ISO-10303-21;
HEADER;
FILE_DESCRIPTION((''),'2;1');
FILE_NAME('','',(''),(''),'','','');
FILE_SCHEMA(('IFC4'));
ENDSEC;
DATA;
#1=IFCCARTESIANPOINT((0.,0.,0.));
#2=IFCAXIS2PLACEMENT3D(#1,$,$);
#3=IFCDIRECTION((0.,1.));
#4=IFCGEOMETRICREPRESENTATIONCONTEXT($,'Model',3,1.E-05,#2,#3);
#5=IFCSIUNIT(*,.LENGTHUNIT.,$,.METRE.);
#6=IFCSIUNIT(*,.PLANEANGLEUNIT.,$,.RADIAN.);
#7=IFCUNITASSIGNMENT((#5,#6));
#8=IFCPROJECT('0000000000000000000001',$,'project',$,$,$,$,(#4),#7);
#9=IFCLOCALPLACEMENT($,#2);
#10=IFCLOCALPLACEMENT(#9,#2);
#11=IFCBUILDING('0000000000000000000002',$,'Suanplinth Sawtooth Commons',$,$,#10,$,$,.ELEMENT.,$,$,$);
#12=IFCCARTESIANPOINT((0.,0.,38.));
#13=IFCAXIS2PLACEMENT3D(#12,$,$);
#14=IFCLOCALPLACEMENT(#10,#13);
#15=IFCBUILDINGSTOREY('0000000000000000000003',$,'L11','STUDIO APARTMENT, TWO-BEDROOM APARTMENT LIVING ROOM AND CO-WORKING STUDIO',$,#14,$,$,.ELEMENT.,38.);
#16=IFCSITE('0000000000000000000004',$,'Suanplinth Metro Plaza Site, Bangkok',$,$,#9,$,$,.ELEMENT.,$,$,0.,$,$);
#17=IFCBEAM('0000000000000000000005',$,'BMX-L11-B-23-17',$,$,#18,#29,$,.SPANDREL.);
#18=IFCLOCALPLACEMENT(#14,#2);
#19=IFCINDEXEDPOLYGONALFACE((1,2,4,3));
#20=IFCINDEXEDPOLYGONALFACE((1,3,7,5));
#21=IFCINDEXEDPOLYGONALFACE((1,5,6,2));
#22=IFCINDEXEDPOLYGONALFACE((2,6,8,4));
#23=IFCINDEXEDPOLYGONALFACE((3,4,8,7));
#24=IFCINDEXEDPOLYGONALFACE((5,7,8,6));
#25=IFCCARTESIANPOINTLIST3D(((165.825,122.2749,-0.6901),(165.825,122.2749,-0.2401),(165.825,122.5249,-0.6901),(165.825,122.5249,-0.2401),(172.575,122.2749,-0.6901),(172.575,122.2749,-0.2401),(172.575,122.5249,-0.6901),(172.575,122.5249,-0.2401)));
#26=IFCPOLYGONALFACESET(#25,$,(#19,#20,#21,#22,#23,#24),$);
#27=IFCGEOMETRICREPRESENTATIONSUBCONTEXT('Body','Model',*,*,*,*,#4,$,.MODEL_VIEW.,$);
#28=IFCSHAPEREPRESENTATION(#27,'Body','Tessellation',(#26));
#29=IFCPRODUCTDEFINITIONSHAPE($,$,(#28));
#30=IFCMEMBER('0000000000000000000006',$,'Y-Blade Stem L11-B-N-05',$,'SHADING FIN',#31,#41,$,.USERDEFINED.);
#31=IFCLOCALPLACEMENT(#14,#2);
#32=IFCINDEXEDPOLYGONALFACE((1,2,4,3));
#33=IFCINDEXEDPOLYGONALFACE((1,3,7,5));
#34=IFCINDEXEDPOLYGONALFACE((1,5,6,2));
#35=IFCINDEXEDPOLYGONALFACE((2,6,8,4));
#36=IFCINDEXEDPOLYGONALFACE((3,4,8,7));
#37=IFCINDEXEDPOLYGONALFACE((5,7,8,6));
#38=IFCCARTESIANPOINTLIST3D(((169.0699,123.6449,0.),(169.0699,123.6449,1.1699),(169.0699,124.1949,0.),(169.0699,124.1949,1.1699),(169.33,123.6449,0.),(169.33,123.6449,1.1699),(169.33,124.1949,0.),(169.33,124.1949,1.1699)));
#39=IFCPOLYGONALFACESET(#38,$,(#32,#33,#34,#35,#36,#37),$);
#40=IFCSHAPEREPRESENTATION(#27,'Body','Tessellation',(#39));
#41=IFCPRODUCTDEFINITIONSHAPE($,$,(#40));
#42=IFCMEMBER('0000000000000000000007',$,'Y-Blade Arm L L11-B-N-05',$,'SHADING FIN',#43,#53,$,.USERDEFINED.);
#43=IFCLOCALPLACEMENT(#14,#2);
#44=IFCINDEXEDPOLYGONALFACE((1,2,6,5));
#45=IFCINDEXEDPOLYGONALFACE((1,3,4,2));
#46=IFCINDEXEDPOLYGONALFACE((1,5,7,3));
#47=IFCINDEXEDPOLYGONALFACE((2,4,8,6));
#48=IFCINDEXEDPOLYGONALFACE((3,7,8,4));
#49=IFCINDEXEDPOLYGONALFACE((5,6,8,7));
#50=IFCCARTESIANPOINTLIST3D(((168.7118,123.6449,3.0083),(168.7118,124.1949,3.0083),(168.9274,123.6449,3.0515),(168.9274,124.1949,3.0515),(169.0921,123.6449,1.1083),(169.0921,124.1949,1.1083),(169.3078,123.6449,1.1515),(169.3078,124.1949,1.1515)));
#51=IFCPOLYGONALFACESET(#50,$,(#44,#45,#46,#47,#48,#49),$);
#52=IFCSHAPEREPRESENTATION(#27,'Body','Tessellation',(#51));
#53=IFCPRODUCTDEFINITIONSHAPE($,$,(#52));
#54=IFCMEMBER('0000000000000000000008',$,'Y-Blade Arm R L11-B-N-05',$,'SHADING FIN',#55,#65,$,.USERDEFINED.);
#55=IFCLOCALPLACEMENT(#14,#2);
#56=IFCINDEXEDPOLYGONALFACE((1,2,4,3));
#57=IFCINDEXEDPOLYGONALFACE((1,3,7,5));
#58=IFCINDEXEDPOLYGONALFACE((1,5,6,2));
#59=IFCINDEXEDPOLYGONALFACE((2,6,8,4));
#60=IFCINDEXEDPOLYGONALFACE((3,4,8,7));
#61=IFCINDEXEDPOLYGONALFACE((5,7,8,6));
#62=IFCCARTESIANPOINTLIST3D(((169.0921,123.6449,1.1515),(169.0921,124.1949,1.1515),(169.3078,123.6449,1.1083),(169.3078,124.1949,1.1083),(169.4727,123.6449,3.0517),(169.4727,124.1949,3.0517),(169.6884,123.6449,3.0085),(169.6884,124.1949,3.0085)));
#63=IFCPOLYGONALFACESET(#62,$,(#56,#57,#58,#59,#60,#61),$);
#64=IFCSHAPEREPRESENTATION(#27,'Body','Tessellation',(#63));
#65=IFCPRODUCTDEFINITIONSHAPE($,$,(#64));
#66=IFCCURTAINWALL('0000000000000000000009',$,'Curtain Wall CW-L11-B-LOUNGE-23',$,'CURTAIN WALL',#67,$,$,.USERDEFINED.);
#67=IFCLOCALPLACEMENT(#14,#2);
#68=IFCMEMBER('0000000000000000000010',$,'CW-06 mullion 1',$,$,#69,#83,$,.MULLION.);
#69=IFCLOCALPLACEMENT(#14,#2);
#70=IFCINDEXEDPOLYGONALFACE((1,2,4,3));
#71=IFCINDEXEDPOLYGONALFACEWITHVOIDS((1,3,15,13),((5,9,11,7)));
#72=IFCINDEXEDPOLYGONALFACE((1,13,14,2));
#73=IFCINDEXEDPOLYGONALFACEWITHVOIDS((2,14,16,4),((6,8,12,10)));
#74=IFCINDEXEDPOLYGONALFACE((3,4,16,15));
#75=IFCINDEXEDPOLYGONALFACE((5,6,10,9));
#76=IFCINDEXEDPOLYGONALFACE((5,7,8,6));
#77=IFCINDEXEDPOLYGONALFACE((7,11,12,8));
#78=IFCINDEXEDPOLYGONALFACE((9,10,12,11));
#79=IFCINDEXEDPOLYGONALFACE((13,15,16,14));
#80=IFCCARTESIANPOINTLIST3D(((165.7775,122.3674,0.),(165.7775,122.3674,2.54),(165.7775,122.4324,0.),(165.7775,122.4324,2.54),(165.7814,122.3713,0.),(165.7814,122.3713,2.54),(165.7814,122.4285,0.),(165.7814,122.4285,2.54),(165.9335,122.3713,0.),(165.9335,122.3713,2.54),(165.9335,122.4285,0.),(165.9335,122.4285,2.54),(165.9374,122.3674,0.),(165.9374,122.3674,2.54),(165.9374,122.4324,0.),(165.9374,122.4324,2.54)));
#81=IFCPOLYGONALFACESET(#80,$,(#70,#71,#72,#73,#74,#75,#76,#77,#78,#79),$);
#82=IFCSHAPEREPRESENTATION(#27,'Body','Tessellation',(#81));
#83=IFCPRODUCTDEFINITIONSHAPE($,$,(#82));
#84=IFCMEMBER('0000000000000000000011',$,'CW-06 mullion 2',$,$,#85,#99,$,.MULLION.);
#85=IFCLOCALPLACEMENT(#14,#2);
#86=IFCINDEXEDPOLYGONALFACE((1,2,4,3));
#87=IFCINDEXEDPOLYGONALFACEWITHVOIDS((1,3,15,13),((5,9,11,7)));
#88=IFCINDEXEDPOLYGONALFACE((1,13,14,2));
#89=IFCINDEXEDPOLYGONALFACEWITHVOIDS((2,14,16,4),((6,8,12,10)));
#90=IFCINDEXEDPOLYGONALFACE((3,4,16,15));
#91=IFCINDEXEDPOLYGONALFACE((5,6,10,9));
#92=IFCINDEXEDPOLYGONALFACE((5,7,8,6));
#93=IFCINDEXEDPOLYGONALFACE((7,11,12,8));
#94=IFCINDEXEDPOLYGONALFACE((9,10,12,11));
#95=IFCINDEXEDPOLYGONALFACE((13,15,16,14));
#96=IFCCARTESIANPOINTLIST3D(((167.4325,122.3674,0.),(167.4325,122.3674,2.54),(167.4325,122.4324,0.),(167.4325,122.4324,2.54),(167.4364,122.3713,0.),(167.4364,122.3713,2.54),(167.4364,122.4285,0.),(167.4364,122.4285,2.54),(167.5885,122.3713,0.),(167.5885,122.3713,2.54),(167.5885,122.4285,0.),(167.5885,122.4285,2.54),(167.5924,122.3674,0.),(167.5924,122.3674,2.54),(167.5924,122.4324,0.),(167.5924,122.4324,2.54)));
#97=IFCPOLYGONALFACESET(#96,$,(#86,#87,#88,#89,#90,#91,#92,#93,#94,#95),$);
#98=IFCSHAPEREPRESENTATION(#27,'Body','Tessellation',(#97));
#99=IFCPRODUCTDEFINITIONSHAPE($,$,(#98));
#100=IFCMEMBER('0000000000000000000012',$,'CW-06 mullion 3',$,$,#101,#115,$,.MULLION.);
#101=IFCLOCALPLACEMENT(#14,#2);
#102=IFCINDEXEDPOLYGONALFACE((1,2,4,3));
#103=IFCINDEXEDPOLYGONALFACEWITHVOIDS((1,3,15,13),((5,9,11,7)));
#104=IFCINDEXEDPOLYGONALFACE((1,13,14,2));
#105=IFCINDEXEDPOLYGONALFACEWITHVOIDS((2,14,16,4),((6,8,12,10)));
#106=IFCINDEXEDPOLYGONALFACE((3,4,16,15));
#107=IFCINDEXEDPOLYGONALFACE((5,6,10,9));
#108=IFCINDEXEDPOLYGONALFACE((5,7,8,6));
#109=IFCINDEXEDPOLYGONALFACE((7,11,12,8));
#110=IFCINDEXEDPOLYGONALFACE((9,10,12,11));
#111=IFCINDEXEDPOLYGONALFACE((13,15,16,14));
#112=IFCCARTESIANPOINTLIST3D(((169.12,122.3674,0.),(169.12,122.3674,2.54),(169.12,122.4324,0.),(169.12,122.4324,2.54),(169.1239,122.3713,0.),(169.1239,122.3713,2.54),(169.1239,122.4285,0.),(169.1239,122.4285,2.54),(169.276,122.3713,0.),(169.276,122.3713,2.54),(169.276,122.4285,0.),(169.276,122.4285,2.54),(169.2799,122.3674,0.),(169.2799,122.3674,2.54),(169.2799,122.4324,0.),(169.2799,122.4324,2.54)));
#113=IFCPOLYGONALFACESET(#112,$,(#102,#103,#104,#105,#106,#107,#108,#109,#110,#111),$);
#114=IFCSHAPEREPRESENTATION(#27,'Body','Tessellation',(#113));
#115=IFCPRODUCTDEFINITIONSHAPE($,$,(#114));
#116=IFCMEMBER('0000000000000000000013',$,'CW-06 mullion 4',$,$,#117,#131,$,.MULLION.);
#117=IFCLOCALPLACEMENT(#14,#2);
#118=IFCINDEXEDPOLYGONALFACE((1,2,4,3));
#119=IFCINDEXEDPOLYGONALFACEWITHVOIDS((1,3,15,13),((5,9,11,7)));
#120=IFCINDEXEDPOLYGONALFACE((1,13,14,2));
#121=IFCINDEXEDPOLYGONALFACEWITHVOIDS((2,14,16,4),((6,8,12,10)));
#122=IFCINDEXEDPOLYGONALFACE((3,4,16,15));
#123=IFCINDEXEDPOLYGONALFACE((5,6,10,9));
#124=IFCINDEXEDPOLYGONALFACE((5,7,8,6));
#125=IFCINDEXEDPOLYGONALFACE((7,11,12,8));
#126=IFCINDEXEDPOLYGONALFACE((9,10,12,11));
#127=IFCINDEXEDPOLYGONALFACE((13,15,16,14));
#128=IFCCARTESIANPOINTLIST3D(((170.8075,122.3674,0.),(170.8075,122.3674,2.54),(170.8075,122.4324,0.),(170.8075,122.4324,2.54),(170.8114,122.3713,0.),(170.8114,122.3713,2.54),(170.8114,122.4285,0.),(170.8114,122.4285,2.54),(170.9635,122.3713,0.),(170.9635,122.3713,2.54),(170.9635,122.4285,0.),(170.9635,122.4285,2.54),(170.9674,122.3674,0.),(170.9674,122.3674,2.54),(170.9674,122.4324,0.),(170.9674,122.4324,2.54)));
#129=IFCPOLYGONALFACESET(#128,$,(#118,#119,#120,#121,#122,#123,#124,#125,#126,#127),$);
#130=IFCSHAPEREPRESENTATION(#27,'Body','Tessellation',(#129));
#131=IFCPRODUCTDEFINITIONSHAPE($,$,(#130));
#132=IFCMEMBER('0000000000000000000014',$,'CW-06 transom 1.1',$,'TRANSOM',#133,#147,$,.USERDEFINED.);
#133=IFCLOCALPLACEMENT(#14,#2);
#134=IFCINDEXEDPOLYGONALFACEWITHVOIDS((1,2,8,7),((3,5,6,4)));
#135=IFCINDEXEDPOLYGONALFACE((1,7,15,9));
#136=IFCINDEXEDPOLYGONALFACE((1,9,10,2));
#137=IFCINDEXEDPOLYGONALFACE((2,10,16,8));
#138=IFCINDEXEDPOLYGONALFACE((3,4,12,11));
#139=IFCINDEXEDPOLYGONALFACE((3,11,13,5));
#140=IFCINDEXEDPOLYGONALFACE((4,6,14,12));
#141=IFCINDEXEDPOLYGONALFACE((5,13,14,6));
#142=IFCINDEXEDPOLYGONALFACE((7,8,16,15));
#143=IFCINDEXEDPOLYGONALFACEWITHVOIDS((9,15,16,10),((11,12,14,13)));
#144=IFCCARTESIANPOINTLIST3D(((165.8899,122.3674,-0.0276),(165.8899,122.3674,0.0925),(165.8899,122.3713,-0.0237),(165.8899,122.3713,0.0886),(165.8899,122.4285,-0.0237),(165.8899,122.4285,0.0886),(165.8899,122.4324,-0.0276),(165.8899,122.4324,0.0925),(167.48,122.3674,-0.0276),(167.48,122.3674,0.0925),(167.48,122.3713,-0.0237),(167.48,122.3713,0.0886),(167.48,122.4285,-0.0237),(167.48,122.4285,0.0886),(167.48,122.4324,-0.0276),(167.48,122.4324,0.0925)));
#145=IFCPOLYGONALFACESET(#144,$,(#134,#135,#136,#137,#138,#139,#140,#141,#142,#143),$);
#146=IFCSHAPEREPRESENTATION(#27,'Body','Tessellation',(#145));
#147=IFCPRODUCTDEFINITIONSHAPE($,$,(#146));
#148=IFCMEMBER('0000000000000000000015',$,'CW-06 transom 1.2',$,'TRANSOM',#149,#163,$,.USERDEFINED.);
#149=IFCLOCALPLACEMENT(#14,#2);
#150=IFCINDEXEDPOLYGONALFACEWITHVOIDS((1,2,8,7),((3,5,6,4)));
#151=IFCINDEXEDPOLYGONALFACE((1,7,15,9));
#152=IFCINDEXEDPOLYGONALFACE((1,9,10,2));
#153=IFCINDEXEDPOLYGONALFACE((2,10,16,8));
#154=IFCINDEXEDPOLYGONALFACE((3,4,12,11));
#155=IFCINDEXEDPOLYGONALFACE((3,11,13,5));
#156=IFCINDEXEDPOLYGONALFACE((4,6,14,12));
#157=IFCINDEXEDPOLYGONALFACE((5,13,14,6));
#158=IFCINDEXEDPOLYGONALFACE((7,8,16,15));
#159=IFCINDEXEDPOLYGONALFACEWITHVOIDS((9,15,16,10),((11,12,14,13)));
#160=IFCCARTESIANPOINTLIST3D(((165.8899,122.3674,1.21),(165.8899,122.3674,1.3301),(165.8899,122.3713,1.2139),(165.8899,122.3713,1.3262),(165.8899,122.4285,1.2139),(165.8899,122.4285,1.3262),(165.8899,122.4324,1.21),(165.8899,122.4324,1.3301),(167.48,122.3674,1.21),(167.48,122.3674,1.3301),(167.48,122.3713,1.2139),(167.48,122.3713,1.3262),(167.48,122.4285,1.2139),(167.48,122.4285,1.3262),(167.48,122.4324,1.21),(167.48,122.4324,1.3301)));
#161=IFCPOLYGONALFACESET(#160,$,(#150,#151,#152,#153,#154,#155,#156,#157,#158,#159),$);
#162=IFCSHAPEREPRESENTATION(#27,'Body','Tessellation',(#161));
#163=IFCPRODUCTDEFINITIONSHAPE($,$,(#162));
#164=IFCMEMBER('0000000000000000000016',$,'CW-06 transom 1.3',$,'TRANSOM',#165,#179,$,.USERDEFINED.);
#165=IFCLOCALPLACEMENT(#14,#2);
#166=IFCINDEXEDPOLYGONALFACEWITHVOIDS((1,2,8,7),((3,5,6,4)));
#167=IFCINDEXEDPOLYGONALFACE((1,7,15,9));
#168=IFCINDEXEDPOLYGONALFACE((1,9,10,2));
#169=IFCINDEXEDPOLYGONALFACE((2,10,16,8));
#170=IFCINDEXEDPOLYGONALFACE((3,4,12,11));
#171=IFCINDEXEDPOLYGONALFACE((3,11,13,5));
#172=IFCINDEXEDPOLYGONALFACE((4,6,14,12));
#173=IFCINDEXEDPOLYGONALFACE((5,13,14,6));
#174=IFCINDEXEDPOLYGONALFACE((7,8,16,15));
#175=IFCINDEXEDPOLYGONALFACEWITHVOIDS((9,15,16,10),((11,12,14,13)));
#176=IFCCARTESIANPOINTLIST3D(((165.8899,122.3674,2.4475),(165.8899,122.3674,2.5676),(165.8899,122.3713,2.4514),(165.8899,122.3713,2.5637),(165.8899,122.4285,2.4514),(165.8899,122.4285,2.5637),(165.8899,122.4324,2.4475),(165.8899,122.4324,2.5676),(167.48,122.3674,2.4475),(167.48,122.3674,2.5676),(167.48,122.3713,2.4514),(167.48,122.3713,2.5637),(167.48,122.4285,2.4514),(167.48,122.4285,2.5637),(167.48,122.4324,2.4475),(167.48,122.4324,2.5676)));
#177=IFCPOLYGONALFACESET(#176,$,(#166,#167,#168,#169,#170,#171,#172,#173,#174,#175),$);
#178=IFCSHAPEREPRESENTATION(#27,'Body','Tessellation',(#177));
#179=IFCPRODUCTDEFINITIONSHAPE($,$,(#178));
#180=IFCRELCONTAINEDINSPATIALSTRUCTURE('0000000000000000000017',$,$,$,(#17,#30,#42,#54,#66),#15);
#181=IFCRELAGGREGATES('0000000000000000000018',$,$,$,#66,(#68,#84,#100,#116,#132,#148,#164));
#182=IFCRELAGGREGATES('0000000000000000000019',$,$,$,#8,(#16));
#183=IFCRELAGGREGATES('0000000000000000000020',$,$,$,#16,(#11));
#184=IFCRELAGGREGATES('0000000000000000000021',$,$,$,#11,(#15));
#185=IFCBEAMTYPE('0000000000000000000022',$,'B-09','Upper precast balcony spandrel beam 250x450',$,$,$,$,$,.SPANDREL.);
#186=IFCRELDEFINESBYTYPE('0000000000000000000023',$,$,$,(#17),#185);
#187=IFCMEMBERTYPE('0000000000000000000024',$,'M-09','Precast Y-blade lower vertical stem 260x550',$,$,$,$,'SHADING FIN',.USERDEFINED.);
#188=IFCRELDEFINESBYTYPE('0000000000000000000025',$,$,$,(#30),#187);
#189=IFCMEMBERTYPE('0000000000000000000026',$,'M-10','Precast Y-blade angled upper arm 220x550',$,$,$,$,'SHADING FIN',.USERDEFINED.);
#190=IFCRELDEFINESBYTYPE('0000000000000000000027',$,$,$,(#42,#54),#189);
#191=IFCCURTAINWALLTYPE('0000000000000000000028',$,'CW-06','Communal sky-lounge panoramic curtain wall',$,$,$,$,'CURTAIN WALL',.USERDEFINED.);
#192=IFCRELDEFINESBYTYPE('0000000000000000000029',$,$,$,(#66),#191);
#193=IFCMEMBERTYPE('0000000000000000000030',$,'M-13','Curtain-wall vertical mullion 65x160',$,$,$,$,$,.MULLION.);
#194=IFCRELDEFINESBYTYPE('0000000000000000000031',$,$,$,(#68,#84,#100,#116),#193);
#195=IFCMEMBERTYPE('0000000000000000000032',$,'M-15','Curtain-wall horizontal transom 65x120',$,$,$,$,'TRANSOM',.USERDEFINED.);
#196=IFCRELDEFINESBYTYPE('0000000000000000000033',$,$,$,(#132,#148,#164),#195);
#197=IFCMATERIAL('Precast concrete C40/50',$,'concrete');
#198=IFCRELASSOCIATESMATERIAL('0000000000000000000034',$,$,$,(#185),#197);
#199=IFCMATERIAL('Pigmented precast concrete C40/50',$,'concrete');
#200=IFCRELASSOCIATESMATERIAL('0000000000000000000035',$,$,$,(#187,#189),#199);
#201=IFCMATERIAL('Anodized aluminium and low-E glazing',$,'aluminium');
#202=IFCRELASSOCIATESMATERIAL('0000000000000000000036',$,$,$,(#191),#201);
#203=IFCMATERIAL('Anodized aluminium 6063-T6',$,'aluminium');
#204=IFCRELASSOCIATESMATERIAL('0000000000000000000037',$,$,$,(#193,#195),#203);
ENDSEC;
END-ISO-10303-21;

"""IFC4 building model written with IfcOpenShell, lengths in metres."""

from ifc_helpers import new_model, si_unit, direction, frame, origin, origin_2d, place, context, subcontext, project, spatial, rectangle, hollow_rectangle, extrude, material, material_profile, profile_set, type_object, element, aggregate, save


model = new_model("IFC4")

# Units and contexts
model_context = context("Model", 3, precision=1e-05, world=origin(), true_north=direction((0.0, 1.0)))
body_context = subcontext(model_context, "Body", "Model", "MODEL_VIEW")
ifc_project = project(units=[si_unit("LENGTHUNIT", "METRE"), si_unit("PLANEANGLEUNIT", "RADIAN")], contexts=[model_context])

# Site, building, storey
site_placement = place(None, origin())
site = spatial("IfcSite", under=ifc_project, at=site_placement, Name="Suanplinth Metro Plaza Site, Bangkok", CompositionType="ELEMENT", RefElevation=0.0)
building_placement = place(site_placement, origin())
building = spatial("IfcBuilding", under=site, at=building_placement, Name="Suanplinth Sawtooth Commons", CompositionType="ELEMENT")
storey_placement = place(building_placement, frame((0.0, 0.0, 38.0)))
storey = spatial("IfcBuildingStorey", under=building, at=storey_placement, Name="L11", Description="STUDIO APARTMENT, TWO-BEDROOM APARTMENT LIVING ROOM AND CO-WORKING STUDIO", CompositionType="ELEMENT", Elevation=38.0)

# Beam
ifc_material_1 = material(Name="Precast concrete C40/50", Category="concrete")
ifc_material_profile_1 = material_profile(ifc_material_1, rectangle(XDim=0.25, YDim=0.45, at=origin_2d()), Name="PC-SP 250x450")
ifc_profile_set_1 = profile_set([ifc_material_profile_1], Name="Precast concrete C40/50")
beam_type = type_object("IfcBeamType", Name="B-09", Description="Upper precast balcony spandrel beam 250x450", PredefinedType="SPANDREL", material=ifc_profile_set_1)
beam_placement = place(storey_placement, frame((165.825, 122.3999, -0.4651), z_axis=(1.0, 0.0, 0.0), x_axis=(0.0, 1.0, 0.0)))
element("IfcBeam", 1, at=beam_placement, inside=storey, type_object=beam_type, Name="BMX-L11-B-23-17", PredefinedType="SPANDREL", context=body_context, shape_type="SweptSolid", body=[
    extrude(rectangle(XDim=0.25, YDim=0.45, at=origin_2d()), origin(), (0.0, 0.0, 1.0), 6.75),
])

# Members
ifc_material_2 = material(Name="Pigmented precast concrete C40/50", Category="concrete")
ifc_material_profile_2 = material_profile(ifc_material_2, rectangle(XDim=0.26, YDim=0.55, at=origin_2d()), Name="PC-FIN 260x550")
ifc_profile_set_2 = profile_set([ifc_material_profile_2], Name="Pigmented precast concrete C40/50")
member_type_1 = type_object("IfcMemberType", Name="M-09", Description="Precast Y-blade lower vertical stem 260x550", ElementType="SHADING FIN", PredefinedType="USERDEFINED", material=ifc_profile_set_2)
member_1_placement = place(storey_placement, frame((169.2, 123.9199, 0.0), z_axis=(0.0, 0.0, 1.0), x_axis=(1.0, 0.0, 0.0)))
element("IfcMember", 2, at=member_1_placement, inside=storey, type_object=member_type_1, Name="Y-Blade Stem L11-B-N-05", ObjectType="SHADING FIN", PredefinedType="USERDEFINED", context=body_context, shape_type="SweptSolid", body=[
    extrude(rectangle(XDim=0.26, YDim=0.55, at=origin_2d()), origin(), (0.0, 0.0, 1.0), 1.1699),
])
ifc_material_profile_3 = material_profile(ifc_material_2, rectangle(XDim=0.22, YDim=0.55, at=origin_2d()), Name="PC-FIN 220x550")
ifc_profile_set_3 = profile_set([ifc_material_profile_3], Name="Pigmented precast concrete C40/50")
member_type_2 = type_object("IfcMemberType", Name="M-10", Description="Precast Y-blade angled upper arm 220x550", ElementType="SHADING FIN", PredefinedType="USERDEFINED", material=ifc_profile_set_3)
member_2_placement = place(storey_placement, frame((169.2, 123.9199, 1.1299), z_axis=(-0.196286, 0.0, 0.980547), x_axis=(0.980547, 0.0, 0.196286)))
element("IfcMember", 3, at=member_2_placement, inside=storey, type_object=member_type_2, Name="Y-Blade Arm L L11-B-N-05", ObjectType="SHADING FIN", PredefinedType="USERDEFINED", context=body_context, shape_type="SweptSolid", body=[
    extrude(rectangle(XDim=0.22, YDim=0.55, at=origin_2d()), origin(), (0.0, 0.0, 1.0), 1.9377),
])
member_3_placement = place(storey_placement, frame((169.2, 123.9199, 1.1299), z_axis=(0.196407, 0.0, 0.980522), x_axis=(-0.980522, 0.0, 0.196407)))
element("IfcMember", 4, at=member_3_placement, inside=storey, type_object=member_type_2, Name="Y-Blade Arm R L11-B-N-05", ObjectType="SHADING FIN", PredefinedType="USERDEFINED", context=body_context, shape_type="SweptSolid", body=[
    extrude(rectangle(XDim=0.22, YDim=0.55, at=origin_2d()), origin(), (0.0, 0.0, 1.0), 1.938),
])

# Curtain wall, members
ifc_material_3 = material(Name="Anodized aluminium and low-E glazing", Category="aluminium")
curtain_wall_type = type_object("IfcCurtainWallType", Name="CW-06", Description="Communal sky-lounge panoramic curtain wall", ElementType="CURTAIN WALL", PredefinedType="USERDEFINED", material=ifc_material_3)
curtain_wall_placement = place(storey_placement, origin())
curtain_wall = element("IfcCurtainWall", 5, at=curtain_wall_placement, inside=storey, type_object=curtain_wall_type, Name="Curtain Wall CW-L11-B-LOUNGE-23", ObjectType="CURTAIN WALL", PredefinedType="USERDEFINED")
ifc_material_4 = material(Name="Anodized aluminium 6063-T6", Category="aluminium")
ifc_material_profile_4 = material_profile(ifc_material_4, hollow_rectangle(XDim=0.0649, YDim=0.1599, WallThickness=0.0039, at=origin_2d()), Name="ALU-MUL 65x160")
ifc_profile_set_4 = profile_set([ifc_material_profile_4], Name="Anodized aluminium 6063-T6")
member_type_3 = type_object("IfcMemberType", Name="M-13", Description="Curtain-wall vertical mullion 65x160", PredefinedType="MULLION", material=ifc_profile_set_4)
member_4_placement = place(storey_placement, frame((165.8574, 122.3999, 0.0), z_axis=(0.0, 0.0, 1.0), x_axis=(0.0, 1.0, 0.0)))
member_4 = element("IfcMember", 6, at=member_4_placement, type_object=member_type_3, Name="CW-06 mullion 1", PredefinedType="MULLION", context=body_context, shape_type="SweptSolid", body=[
    extrude(hollow_rectangle(XDim=0.0649, YDim=0.1599, WallThickness=0.0039, at=origin_2d()), origin(), (0.0, 0.0, 1.0), 2.54),
])
member_5_placement = place(storey_placement, frame((167.5125, 122.3999, 0.0), z_axis=(0.0, 0.0, 1.0), x_axis=(0.0, 1.0, 0.0)))
member_5 = element("IfcMember", 7, at=member_5_placement, type_object=member_type_3, Name="CW-06 mullion 2", PredefinedType="MULLION", context=body_context, shape_type="SweptSolid", body=[
    extrude(hollow_rectangle(XDim=0.0649, YDim=0.1599, WallThickness=0.0039, at=origin_2d()), origin(), (0.0, 0.0, 1.0), 2.54),
])
member_6_placement = place(storey_placement, frame((169.2, 122.3999, 0.0), z_axis=(0.0, 0.0, 1.0), x_axis=(0.0, 1.0, 0.0)))
member_6 = element("IfcMember", 8, at=member_6_placement, type_object=member_type_3, Name="CW-06 mullion 3", PredefinedType="MULLION", context=body_context, shape_type="SweptSolid", body=[
    extrude(hollow_rectangle(XDim=0.0649, YDim=0.1599, WallThickness=0.0039, at=origin_2d()), origin(), (0.0, 0.0, 1.0), 2.54),
])
member_7_placement = place(storey_placement, frame((170.8875, 122.3999, 0.0), z_axis=(0.0, 0.0, 1.0), x_axis=(0.0, 1.0, 0.0)))
member_7 = element("IfcMember", 9, at=member_7_placement, type_object=member_type_3, Name="CW-06 mullion 4", PredefinedType="MULLION", context=body_context, shape_type="SweptSolid", body=[
    extrude(hollow_rectangle(XDim=0.0649, YDim=0.1599, WallThickness=0.0039, at=origin_2d()), origin(), (0.0, 0.0, 1.0), 2.54),
])
ifc_material_profile_5 = material_profile(ifc_material_4, hollow_rectangle(XDim=0.0649, YDim=0.1201, WallThickness=0.0039, at=origin_2d()), Name="ALU-TRN 65x120")
ifc_profile_set_5 = profile_set([ifc_material_profile_5], Name="Anodized aluminium 6063-T6")
member_type_4 = type_object("IfcMemberType", Name="M-15", Description="Curtain-wall horizontal transom 65x120", ElementType="TRANSOM", PredefinedType="USERDEFINED", material=ifc_profile_set_5)
member_8_placement = place(storey_placement, frame((165.8899, 122.3999, 0.0325), z_axis=(1.0, 0.0, 0.0), x_axis=(0.0, 1.0, 0.0)))
member_8 = element("IfcMember", 10, at=member_8_placement, type_object=member_type_4, Name="CW-06 transom 1.1", ObjectType="TRANSOM", PredefinedType="USERDEFINED", context=body_context, shape_type="SweptSolid", body=[
    extrude(hollow_rectangle(XDim=0.0649, YDim=0.1201, WallThickness=0.0039, at=origin_2d()), origin(), (0.0, 0.0, 1.0), 1.5901),
])
member_9_placement = place(storey_placement, frame((165.8899, 122.3999, 1.27), z_axis=(1.0, 0.0, 0.0), x_axis=(0.0, 1.0, 0.0)))
member_9 = element("IfcMember", 11, at=member_9_placement, type_object=member_type_4, Name="CW-06 transom 1.2", ObjectType="TRANSOM", PredefinedType="USERDEFINED", context=body_context, shape_type="SweptSolid", body=[
    extrude(hollow_rectangle(XDim=0.0649, YDim=0.1201, WallThickness=0.0039, at=origin_2d()), origin(), (0.0, 0.0, 1.0), 1.5901),
])
member_10_placement = place(storey_placement, frame((165.8899, 122.3999, 2.5076), z_axis=(1.0, 0.0, 0.0), x_axis=(0.0, 1.0, 0.0)))
member_10 = element("IfcMember", 12, at=member_10_placement, type_object=member_type_4, Name="CW-06 transom 1.3", ObjectType="TRANSOM", PredefinedType="USERDEFINED", context=body_context, shape_type="SweptSolid", body=[
    extrude(hollow_rectangle(XDim=0.0649, YDim=0.1201, WallThickness=0.0039, at=origin_2d()), origin(), (0.0, 0.0, 1.0), 1.5901),
])

aggregate(curtain_wall, [member_4, member_5, member_6, member_7, member_8, member_9, member_10])

save(model, "model.ifc")
